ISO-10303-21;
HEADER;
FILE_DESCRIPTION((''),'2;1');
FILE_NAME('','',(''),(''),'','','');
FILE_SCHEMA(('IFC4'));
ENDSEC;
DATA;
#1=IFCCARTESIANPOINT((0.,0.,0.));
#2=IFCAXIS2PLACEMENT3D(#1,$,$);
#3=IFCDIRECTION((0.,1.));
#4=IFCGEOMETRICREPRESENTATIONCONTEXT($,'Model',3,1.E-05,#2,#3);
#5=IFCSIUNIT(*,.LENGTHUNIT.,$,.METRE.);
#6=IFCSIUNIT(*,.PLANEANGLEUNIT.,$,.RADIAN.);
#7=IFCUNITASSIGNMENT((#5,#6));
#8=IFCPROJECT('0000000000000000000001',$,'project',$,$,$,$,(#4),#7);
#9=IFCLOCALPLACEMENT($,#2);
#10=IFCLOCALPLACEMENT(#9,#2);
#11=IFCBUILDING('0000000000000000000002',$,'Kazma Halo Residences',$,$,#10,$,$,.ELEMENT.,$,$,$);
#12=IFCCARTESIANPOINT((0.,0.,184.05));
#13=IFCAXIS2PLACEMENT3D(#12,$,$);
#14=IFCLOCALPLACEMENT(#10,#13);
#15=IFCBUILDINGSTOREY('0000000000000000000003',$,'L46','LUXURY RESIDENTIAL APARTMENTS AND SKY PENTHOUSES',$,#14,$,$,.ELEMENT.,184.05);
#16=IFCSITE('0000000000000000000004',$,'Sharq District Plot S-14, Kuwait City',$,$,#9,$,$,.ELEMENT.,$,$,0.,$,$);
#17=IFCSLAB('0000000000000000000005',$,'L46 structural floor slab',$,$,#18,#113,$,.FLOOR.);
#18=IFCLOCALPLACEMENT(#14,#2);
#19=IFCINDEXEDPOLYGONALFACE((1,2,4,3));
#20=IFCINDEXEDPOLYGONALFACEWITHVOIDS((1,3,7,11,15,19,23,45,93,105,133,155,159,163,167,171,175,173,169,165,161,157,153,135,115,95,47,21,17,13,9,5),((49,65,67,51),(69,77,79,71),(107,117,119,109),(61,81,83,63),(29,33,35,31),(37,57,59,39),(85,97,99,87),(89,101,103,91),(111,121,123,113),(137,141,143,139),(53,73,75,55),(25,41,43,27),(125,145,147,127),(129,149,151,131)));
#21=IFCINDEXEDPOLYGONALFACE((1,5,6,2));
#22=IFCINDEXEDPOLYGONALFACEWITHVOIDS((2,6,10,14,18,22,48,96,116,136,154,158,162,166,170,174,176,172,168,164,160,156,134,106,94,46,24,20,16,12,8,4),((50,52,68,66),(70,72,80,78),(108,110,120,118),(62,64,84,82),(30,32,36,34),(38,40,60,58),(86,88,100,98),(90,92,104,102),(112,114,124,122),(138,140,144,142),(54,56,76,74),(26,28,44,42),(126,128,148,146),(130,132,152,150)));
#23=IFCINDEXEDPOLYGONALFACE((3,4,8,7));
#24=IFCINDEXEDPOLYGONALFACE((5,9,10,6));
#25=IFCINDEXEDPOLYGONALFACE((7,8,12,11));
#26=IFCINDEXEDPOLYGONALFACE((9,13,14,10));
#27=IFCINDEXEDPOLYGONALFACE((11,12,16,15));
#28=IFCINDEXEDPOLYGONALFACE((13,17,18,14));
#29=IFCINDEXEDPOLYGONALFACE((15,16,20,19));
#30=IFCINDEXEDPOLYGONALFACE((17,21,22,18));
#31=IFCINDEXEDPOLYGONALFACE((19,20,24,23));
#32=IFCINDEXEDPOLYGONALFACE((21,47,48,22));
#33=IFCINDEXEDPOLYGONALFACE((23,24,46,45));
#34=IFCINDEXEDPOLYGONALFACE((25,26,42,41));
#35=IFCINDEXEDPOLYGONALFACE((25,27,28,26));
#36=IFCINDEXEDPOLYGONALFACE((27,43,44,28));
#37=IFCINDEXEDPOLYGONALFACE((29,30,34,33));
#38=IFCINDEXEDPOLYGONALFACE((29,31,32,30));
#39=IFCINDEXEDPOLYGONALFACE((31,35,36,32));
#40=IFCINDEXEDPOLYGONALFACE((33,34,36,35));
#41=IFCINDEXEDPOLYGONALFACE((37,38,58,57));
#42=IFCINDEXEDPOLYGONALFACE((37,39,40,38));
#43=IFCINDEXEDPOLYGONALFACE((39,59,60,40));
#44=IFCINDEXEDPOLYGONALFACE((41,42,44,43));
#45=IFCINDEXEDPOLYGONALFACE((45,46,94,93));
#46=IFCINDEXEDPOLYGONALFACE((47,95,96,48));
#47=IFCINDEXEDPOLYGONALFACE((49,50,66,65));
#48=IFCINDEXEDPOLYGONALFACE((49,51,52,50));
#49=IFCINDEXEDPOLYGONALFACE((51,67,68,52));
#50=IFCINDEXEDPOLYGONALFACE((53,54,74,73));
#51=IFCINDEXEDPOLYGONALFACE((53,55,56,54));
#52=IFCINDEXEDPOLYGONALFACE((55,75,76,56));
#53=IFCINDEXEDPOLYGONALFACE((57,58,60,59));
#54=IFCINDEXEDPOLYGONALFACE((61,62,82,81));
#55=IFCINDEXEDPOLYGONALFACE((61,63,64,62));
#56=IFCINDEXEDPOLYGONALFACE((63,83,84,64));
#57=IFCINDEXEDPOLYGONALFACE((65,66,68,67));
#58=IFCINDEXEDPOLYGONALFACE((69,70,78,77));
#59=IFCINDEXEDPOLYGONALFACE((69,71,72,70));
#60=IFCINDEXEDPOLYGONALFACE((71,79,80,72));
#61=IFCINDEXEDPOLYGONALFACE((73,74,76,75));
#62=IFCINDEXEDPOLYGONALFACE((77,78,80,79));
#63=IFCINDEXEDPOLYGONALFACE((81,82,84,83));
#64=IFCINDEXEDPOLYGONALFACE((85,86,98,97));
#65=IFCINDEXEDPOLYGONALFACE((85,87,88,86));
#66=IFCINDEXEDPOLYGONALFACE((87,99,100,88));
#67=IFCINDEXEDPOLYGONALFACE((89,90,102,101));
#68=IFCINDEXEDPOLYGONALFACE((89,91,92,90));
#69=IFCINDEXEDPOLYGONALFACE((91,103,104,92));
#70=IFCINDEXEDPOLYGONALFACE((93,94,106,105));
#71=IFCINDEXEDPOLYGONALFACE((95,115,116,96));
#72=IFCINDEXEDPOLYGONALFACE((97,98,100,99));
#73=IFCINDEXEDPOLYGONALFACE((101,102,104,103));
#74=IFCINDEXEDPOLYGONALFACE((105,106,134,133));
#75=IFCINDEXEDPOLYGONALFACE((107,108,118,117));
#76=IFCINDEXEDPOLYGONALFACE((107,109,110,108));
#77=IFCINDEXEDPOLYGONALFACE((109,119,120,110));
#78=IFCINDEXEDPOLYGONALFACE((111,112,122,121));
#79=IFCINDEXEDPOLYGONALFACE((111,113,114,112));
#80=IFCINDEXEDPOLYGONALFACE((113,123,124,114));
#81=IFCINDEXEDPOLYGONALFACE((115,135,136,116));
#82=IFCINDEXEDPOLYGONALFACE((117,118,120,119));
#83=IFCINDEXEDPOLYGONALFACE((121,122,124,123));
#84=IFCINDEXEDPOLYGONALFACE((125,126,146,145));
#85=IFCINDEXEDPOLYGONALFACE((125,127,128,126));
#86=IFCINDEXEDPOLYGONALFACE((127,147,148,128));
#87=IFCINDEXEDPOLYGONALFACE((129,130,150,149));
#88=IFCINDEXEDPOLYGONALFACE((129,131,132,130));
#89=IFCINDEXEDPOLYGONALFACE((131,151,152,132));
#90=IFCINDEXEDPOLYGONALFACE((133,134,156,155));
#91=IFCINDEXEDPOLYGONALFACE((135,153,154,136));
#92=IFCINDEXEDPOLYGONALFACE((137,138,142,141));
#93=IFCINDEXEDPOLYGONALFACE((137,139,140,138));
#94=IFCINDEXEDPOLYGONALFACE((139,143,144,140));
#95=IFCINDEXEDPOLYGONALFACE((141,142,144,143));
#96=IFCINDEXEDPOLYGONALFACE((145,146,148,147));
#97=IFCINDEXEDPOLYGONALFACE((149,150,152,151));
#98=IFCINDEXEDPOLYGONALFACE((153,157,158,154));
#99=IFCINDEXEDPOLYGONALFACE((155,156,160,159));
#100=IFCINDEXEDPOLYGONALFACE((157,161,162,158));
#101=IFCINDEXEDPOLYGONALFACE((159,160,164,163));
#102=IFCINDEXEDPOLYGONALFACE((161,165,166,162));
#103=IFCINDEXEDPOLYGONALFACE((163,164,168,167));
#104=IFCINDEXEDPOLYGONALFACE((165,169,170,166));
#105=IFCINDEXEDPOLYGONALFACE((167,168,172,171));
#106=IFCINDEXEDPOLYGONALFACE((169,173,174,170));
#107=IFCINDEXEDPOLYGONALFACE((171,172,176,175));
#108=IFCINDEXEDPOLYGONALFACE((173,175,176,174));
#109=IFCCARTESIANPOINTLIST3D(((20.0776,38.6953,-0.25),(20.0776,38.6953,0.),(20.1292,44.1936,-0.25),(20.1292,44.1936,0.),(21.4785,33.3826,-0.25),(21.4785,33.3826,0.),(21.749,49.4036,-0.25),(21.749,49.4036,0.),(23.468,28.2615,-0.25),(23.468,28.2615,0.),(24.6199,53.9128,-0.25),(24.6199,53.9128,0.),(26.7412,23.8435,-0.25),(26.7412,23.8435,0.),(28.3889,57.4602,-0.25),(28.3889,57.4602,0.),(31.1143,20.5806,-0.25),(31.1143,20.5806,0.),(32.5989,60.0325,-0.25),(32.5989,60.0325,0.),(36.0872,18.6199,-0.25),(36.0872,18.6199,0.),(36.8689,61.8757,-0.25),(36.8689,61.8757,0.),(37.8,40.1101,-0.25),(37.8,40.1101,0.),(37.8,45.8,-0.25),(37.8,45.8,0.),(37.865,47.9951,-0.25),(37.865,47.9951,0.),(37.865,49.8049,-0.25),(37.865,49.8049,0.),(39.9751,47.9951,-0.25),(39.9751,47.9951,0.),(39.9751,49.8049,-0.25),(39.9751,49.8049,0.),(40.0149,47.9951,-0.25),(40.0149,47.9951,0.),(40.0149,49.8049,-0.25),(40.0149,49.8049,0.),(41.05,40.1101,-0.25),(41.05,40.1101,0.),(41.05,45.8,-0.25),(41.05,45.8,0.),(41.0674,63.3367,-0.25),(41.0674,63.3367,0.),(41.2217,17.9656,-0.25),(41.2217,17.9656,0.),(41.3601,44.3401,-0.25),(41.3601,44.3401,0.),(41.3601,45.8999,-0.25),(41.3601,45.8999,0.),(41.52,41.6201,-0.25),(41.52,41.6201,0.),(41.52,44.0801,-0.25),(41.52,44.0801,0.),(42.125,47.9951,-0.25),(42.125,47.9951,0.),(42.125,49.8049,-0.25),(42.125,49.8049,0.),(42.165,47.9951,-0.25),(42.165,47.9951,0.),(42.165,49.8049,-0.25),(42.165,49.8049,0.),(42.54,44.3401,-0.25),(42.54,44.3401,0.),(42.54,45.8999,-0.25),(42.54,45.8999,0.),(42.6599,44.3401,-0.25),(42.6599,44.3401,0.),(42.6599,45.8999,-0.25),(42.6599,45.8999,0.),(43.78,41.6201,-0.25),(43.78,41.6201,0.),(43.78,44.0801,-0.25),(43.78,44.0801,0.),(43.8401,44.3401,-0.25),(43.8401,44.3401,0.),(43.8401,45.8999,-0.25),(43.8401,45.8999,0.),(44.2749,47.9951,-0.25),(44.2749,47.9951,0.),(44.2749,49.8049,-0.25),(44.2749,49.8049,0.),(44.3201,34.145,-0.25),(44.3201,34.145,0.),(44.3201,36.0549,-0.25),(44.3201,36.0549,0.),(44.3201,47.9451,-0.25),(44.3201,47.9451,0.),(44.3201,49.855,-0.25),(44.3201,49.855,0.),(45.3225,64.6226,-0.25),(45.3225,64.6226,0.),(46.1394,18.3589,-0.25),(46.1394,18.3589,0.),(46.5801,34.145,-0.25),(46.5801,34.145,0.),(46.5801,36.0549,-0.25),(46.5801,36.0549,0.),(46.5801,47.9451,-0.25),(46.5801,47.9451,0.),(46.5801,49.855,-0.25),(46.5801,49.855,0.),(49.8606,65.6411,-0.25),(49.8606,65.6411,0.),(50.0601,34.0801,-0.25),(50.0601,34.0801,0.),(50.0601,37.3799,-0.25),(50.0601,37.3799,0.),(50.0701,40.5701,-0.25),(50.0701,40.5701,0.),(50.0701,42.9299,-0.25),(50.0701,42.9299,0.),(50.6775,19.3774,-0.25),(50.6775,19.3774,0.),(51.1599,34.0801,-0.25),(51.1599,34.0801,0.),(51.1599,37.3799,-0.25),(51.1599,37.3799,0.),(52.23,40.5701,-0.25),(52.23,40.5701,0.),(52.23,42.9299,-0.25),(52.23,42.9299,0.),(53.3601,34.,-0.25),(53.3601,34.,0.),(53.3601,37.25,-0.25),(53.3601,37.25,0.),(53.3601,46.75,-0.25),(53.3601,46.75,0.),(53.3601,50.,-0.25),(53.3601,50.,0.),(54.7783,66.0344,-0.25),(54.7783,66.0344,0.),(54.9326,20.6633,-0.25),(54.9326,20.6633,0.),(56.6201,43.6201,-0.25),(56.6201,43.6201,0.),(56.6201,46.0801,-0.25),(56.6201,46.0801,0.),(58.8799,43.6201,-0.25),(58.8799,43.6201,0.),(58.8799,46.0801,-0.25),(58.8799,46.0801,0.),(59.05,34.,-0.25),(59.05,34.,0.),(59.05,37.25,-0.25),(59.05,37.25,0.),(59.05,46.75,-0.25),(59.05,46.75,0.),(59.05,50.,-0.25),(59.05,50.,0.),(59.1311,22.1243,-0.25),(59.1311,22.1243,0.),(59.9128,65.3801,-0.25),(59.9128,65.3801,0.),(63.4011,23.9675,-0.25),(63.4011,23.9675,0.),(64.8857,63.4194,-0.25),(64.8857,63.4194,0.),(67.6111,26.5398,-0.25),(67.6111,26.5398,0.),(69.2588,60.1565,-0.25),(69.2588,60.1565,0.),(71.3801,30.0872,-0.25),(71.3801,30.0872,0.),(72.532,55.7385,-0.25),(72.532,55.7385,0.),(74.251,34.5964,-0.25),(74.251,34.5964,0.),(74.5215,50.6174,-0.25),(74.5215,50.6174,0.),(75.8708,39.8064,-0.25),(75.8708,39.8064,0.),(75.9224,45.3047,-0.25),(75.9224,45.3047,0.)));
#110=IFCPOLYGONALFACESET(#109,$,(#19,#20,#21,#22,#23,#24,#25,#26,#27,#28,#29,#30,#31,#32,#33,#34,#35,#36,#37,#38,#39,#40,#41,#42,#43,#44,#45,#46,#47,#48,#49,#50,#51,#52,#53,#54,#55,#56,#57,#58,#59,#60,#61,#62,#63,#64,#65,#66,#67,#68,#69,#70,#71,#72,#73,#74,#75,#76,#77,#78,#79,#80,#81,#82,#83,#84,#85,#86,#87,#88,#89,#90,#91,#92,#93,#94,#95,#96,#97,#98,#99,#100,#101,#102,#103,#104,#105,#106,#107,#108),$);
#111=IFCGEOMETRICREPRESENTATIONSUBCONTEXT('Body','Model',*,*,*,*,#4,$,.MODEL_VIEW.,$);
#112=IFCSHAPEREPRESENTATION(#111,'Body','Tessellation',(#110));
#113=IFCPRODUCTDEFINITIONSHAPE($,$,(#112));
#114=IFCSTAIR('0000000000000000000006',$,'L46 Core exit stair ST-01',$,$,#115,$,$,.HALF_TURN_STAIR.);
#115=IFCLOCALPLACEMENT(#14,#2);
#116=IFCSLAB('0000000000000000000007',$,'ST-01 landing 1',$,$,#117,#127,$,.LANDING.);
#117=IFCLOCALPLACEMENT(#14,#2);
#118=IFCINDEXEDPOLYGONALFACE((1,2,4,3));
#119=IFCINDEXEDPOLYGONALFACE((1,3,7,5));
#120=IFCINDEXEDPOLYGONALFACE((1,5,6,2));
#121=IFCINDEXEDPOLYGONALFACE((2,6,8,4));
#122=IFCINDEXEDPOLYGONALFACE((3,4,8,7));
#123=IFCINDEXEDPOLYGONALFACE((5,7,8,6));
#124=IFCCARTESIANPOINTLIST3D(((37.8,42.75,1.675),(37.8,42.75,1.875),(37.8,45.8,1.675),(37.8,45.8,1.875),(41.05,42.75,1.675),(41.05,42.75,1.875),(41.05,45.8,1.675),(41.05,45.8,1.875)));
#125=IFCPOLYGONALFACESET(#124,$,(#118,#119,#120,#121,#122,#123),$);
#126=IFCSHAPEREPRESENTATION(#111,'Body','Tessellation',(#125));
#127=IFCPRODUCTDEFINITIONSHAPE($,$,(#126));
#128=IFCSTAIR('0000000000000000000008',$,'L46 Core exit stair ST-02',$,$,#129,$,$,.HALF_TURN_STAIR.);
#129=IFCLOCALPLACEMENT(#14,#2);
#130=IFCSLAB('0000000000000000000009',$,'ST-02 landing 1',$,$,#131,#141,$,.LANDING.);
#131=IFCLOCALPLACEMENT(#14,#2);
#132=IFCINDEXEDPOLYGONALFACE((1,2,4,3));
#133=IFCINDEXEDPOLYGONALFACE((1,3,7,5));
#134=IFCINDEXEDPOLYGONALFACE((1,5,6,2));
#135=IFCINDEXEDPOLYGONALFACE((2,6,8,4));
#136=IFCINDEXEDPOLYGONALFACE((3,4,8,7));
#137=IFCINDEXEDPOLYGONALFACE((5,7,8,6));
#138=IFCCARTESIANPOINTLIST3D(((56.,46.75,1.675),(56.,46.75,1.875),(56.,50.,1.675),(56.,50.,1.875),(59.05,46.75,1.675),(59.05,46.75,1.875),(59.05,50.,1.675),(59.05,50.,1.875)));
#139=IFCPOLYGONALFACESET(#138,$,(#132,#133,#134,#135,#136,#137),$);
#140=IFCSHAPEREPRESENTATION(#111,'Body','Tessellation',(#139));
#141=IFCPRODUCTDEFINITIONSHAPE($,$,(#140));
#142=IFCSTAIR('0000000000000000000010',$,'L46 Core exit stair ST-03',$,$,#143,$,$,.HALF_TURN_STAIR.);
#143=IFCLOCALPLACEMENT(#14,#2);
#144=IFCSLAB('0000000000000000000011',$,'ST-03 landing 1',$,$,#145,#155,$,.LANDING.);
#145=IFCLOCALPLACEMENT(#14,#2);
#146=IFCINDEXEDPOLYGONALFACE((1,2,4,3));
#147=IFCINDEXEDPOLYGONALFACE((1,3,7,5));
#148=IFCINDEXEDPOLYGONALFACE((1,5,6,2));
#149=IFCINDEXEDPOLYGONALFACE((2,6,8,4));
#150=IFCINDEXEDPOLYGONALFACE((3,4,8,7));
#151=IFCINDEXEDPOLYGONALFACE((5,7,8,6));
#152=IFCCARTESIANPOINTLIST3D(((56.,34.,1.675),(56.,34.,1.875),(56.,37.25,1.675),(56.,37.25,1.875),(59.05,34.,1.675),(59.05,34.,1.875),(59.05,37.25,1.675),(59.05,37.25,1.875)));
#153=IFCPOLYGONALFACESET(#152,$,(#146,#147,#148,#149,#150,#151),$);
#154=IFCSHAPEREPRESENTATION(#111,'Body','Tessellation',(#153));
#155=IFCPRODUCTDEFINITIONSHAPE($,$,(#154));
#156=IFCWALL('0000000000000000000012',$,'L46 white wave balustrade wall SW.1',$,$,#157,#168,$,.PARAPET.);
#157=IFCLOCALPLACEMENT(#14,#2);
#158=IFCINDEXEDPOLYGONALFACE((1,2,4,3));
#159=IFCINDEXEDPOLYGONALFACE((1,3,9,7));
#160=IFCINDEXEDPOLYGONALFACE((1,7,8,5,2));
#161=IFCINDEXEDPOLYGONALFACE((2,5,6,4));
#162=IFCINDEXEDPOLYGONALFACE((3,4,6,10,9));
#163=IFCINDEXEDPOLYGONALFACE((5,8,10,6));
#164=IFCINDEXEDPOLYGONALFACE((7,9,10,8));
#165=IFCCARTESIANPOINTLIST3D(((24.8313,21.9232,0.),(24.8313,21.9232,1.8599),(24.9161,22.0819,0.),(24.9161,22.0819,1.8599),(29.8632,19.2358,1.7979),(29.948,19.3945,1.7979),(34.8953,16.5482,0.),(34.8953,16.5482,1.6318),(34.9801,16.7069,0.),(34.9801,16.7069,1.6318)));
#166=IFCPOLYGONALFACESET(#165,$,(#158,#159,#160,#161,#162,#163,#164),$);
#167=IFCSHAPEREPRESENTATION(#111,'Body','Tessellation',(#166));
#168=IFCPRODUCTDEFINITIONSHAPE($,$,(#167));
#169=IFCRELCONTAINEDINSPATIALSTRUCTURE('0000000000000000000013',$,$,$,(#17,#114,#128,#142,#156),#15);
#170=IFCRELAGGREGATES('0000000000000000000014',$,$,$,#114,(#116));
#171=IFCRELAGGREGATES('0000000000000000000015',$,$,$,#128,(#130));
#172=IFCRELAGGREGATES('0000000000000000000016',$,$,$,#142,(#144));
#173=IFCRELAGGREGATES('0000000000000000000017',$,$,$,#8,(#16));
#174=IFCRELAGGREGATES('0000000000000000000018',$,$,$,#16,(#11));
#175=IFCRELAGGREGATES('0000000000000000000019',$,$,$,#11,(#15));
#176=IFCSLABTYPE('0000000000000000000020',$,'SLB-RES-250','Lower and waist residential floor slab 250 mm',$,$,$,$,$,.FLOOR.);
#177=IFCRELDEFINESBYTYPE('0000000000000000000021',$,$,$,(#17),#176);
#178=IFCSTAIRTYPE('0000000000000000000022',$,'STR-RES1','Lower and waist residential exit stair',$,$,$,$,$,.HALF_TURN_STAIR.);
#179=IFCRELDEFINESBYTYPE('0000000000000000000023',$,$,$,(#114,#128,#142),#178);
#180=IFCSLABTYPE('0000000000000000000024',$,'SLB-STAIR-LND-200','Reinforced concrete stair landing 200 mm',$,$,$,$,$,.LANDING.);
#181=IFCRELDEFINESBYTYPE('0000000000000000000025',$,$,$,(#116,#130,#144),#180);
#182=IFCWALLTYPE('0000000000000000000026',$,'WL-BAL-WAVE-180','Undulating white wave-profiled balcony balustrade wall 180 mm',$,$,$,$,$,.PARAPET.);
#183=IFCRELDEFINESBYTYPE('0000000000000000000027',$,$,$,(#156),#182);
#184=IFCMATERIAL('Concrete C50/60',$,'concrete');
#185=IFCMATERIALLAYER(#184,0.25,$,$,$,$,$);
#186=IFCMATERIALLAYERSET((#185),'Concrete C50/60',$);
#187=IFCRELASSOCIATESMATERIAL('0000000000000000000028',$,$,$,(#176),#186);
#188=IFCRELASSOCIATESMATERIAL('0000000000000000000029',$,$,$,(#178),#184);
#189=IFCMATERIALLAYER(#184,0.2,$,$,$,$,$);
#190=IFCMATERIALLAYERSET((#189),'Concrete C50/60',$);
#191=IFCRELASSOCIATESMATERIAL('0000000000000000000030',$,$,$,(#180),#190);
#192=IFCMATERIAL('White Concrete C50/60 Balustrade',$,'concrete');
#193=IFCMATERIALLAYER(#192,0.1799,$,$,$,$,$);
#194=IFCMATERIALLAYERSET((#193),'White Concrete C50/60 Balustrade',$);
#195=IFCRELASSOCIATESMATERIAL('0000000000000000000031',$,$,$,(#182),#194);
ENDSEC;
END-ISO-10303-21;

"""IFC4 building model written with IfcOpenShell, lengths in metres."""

from ifc_helpers import new_model, si_unit, direction, frame, origin, place, context, subcontext, project, spatial, polyline, outline, extrude, material, layer, layer_set, type_object, element, aggregate, save


model = new_model("IFC4")

# Units and contexts
model_context = context("Model", 3, precision=1e-05, world=origin(), true_north=direction((0.0, 1.0)))
body_context = subcontext(model_context, "Body", "Model", "MODEL_VIEW")
ifc_project = project(units=[si_unit("LENGTHUNIT", "METRE"), si_unit("PLANEANGLEUNIT", "RADIAN")], contexts=[model_context])

# Site, building, storey
site_placement = place(None, origin())
site = spatial("IfcSite", under=ifc_project, at=site_placement, Name="Sharq District Plot S-14, Kuwait City", CompositionType="ELEMENT", RefElevation=0.0)
building_placement = place(site_placement, origin())
building = spatial("IfcBuilding", under=site, at=building_placement, Name="Kazma Halo Residences", CompositionType="ELEMENT")
storey_placement = place(building_placement, frame((0.0, 0.0, 184.05)))
storey = spatial("IfcBuildingStorey", under=building, at=storey_placement, Name="L46", Description="LUXURY RESIDENTIAL APARTMENTS AND SKY PENTHOUSES", CompositionType="ELEMENT", Elevation=184.05)

# Slab
ifc_material_1 = material(Name="Concrete C50/60", Category="concrete")
ifc_layer_1 = layer(ifc_material_1, 0.25)
ifc_layer_set_1 = layer_set([ifc_layer_1], Name="Concrete C50/60")
slab_type_1 = type_object("IfcSlabType", Name="SLB-RES-250", Description="Lower and waist residential floor slab 250 mm", PredefinedType="FLOOR", material=ifc_layer_set_1)
slab_1_placement = place(storey_placement, frame((0.0, 0.0, -0.25)))
element("IfcSlab", 1, at=slab_1_placement, inside=storey, type_object=slab_type_1, Name="L46 structural floor slab", PredefinedType="FLOOR", context=body_context, shape_type="SweptSolid", body=[
    extrude(outline(polyline([(74.5215, 50.6174), (72.532, 55.7385), (69.2588, 60.1565), (64.8857, 63.4194), (59.9128, 65.3801), (54.7783, 66.0344), (49.8606, 65.6411), (45.3225, 64.6226), (41.0674, 63.3367), (36.8689, 61.8757), (32.5989, 60.0325), (28.3889, 57.4602), (24.6199, 53.9128), (21.749, 49.4036), (20.1292, 44.1936), (20.0776, 38.6953), (21.4785, 33.3826), (23.468, 28.2615), (26.7412, 23.8435), (31.1143, 20.5806), (36.0872, 18.6199), (41.2217, 17.9656), (46.1394, 18.3589), (50.6775, 19.3774), (54.9326, 20.6633), (59.1311, 22.1243), (63.4011, 23.9675), (67.6111, 26.5398), (71.3801, 30.0872), (74.251, 34.5964), (75.8708, 39.8064), (75.9224, 45.3047), (74.5215, 50.6174)]), holes=[polyline([(37.8, 40.1101), (41.05, 40.1101), (41.05, 45.8), (37.8, 45.8), (37.8, 40.1101)]), polyline([(53.3601, 46.75), (59.05, 46.75), (59.05, 50.0), (53.3601, 50.0), (53.3601, 46.75)]), polyline([(53.3601, 34.0), (59.05, 34.0), (59.05, 37.25), (53.3601, 37.25), (53.3601, 34.0)]), polyline([(41.52, 41.6201), (43.78, 41.6201), (43.78, 44.0801), (41.52, 44.0801), (41.52, 41.6201)]), polyline([(56.6201, 43.6201), (58.8799, 43.6201), (58.8799, 46.0801), (56.6201, 46.0801), (56.6201, 43.6201)]), polyline([(37.865, 47.9951), (39.9751, 47.9951), (39.9751, 49.8049), (37.865, 49.8049), (37.865, 47.9951)]), polyline([(40.0149, 47.9951), (42.125, 47.9951), (42.125, 49.8049), (40.0149, 49.8049), (40.0149, 47.9951)]), polyline([(42.165, 47.9951), (44.2749, 47.9951), (44.2749, 49.8049), (42.165, 49.8049), (42.165, 47.9951)]), polyline([(44.3201, 47.9451), (46.5801, 47.9451), (46.5801, 49.855), (44.3201, 49.855), (44.3201, 47.9451)]), polyline([(44.3201, 34.145), (46.5801, 34.145), (46.5801, 36.0549), (44.3201, 36.0549), (44.3201, 34.145)]), polyline([(50.0701, 40.5701), (52.23, 40.5701), (52.23, 42.9299), (50.0701, 42.9299), (50.0701, 40.5701)]), polyline([(41.3601, 44.3401), (42.54, 44.3401), (42.54, 45.8999), (41.3601, 45.8999), (41.3601, 44.3401)]), polyline([(42.6599, 44.3401), (43.8401, 44.3401), (43.8401, 45.8999), (42.6599, 45.8999), (42.6599, 44.3401)]), polyline([(50.0601, 34.0801), (51.1599, 34.0801), (51.1599, 37.3799), (50.0601, 37.3799), (50.0601, 34.0801)])]), origin(), (0.0, 0.0, 1.0), 0.25),
])

# Stairs, slabs
stair_type = type_object("IfcStairType", Name="STR-RES1", Description="Lower and waist residential exit stair", PredefinedType="HALF_TURN_STAIR", material=ifc_material_1)
stair_1_placement = place(storey_placement, origin())
stair_1 = element("IfcStair", 2, at=stair_1_placement, inside=storey, type_object=stair_type, Name="L46 Core exit stair ST-01", PredefinedType="HALF_TURN_STAIR")
ifc_layer_2 = layer(ifc_material_1, 0.2)
ifc_layer_set_2 = layer_set([ifc_layer_2], Name="Concrete C50/60")
slab_type_2 = type_object("IfcSlabType", Name="SLB-STAIR-LND-200", Description="Reinforced concrete stair landing 200 mm", PredefinedType="LANDING", material=ifc_layer_set_2)
slab_2_placement = place(storey_placement, frame((0.0, 0.0, 1.675)))
slab_2 = element("IfcSlab", 3, at=slab_2_placement, type_object=slab_type_2, Name="ST-01 landing 1", PredefinedType="LANDING", context=body_context, shape_type="SweptSolid", body=[
    extrude(outline(polyline([(41.05, 42.75), (41.05, 45.8), (37.8, 45.8), (37.8, 42.75), (41.05, 42.75)])), origin(), (0.0, 0.0, 1.0), 0.2),
])
aggregate(stair_1, [slab_2])
stair_2_placement = place(storey_placement, origin())
stair_2 = element("IfcStair", 4, at=stair_2_placement, inside=storey, type_object=stair_type, Name="L46 Core exit stair ST-02", PredefinedType="HALF_TURN_STAIR")
slab_3_placement = place(storey_placement, frame((0.0, 0.0, 1.675)))
slab_3 = element("IfcSlab", 5, at=slab_3_placement, type_object=slab_type_2, Name="ST-02 landing 1", PredefinedType="LANDING", context=body_context, shape_type="SweptSolid", body=[
    extrude(outline(polyline([(56.0, 46.75), (59.05, 46.75), (59.05, 50.0), (56.0, 50.0), (56.0, 46.75)])), origin(), (0.0, 0.0, 1.0), 0.2),
])
aggregate(stair_2, [slab_3])
stair_3_placement = place(storey_placement, origin())
stair_3 = element("IfcStair", 6, at=stair_3_placement, inside=storey, type_object=stair_type, Name="L46 Core exit stair ST-03", PredefinedType="HALF_TURN_STAIR")
slab_4_placement = place(storey_placement, frame((0.0, 0.0, 1.675)))
slab_4 = element("IfcSlab", 7, at=slab_4_placement, type_object=slab_type_2, Name="ST-03 landing 1", PredefinedType="LANDING", context=body_context, shape_type="SweptSolid", body=[
    extrude(outline(polyline([(56.0, 34.0), (59.05, 34.0), (59.05, 37.25), (56.0, 37.25), (56.0, 34.0)])), origin(), (0.0, 0.0, 1.0), 0.2),
])
aggregate(stair_3, [slab_4])

# Wall
ifc_material_2 = material(Name="White Concrete C50/60 Balustrade", Category="concrete")
ifc_layer_3 = layer(ifc_material_2, 0.1799)
ifc_layer_set_3 = layer_set([ifc_layer_3], Name="White Concrete C50/60 Balustrade")
wall_type_1 = type_object("IfcWallType", Name="WL-BAL-WAVE-180", Description="Undulating white wave-profiled balcony balustrade wall 180 mm", PredefinedType="PARAPET", material=ifc_layer_set_3)
wall_1_placement = place(storey_placement, frame((24.8738, 22.0027, 0.0), z_axis=(0.0, 0.0, 1.0), x_axis=(0.882078, -0.471103, 0.0)))
element("IfcWall", 8, at=wall_1_placement, inside=storey, type_object=wall_type_1, Name="L46 white wave balustrade wall SW.1", PredefinedType="PARAPET", context=body_context, shape_type="SweptSolid", body=[
    extrude(outline(polyline([(0.0, 0.0), (11.4094, 0.0), (11.4094, 1.6318), (5.7046, 1.7979), (0.0, 1.8599), (0.0, 0.0)])), frame((0.0, 0.0898, 0.0), z_axis=(0.0, -1.0, 0.0), x_axis=(1.0, 0.0, 0.0)), (0.0, 0.0, 1.0), 0.1799),
])

save(model, "model.ifc")
